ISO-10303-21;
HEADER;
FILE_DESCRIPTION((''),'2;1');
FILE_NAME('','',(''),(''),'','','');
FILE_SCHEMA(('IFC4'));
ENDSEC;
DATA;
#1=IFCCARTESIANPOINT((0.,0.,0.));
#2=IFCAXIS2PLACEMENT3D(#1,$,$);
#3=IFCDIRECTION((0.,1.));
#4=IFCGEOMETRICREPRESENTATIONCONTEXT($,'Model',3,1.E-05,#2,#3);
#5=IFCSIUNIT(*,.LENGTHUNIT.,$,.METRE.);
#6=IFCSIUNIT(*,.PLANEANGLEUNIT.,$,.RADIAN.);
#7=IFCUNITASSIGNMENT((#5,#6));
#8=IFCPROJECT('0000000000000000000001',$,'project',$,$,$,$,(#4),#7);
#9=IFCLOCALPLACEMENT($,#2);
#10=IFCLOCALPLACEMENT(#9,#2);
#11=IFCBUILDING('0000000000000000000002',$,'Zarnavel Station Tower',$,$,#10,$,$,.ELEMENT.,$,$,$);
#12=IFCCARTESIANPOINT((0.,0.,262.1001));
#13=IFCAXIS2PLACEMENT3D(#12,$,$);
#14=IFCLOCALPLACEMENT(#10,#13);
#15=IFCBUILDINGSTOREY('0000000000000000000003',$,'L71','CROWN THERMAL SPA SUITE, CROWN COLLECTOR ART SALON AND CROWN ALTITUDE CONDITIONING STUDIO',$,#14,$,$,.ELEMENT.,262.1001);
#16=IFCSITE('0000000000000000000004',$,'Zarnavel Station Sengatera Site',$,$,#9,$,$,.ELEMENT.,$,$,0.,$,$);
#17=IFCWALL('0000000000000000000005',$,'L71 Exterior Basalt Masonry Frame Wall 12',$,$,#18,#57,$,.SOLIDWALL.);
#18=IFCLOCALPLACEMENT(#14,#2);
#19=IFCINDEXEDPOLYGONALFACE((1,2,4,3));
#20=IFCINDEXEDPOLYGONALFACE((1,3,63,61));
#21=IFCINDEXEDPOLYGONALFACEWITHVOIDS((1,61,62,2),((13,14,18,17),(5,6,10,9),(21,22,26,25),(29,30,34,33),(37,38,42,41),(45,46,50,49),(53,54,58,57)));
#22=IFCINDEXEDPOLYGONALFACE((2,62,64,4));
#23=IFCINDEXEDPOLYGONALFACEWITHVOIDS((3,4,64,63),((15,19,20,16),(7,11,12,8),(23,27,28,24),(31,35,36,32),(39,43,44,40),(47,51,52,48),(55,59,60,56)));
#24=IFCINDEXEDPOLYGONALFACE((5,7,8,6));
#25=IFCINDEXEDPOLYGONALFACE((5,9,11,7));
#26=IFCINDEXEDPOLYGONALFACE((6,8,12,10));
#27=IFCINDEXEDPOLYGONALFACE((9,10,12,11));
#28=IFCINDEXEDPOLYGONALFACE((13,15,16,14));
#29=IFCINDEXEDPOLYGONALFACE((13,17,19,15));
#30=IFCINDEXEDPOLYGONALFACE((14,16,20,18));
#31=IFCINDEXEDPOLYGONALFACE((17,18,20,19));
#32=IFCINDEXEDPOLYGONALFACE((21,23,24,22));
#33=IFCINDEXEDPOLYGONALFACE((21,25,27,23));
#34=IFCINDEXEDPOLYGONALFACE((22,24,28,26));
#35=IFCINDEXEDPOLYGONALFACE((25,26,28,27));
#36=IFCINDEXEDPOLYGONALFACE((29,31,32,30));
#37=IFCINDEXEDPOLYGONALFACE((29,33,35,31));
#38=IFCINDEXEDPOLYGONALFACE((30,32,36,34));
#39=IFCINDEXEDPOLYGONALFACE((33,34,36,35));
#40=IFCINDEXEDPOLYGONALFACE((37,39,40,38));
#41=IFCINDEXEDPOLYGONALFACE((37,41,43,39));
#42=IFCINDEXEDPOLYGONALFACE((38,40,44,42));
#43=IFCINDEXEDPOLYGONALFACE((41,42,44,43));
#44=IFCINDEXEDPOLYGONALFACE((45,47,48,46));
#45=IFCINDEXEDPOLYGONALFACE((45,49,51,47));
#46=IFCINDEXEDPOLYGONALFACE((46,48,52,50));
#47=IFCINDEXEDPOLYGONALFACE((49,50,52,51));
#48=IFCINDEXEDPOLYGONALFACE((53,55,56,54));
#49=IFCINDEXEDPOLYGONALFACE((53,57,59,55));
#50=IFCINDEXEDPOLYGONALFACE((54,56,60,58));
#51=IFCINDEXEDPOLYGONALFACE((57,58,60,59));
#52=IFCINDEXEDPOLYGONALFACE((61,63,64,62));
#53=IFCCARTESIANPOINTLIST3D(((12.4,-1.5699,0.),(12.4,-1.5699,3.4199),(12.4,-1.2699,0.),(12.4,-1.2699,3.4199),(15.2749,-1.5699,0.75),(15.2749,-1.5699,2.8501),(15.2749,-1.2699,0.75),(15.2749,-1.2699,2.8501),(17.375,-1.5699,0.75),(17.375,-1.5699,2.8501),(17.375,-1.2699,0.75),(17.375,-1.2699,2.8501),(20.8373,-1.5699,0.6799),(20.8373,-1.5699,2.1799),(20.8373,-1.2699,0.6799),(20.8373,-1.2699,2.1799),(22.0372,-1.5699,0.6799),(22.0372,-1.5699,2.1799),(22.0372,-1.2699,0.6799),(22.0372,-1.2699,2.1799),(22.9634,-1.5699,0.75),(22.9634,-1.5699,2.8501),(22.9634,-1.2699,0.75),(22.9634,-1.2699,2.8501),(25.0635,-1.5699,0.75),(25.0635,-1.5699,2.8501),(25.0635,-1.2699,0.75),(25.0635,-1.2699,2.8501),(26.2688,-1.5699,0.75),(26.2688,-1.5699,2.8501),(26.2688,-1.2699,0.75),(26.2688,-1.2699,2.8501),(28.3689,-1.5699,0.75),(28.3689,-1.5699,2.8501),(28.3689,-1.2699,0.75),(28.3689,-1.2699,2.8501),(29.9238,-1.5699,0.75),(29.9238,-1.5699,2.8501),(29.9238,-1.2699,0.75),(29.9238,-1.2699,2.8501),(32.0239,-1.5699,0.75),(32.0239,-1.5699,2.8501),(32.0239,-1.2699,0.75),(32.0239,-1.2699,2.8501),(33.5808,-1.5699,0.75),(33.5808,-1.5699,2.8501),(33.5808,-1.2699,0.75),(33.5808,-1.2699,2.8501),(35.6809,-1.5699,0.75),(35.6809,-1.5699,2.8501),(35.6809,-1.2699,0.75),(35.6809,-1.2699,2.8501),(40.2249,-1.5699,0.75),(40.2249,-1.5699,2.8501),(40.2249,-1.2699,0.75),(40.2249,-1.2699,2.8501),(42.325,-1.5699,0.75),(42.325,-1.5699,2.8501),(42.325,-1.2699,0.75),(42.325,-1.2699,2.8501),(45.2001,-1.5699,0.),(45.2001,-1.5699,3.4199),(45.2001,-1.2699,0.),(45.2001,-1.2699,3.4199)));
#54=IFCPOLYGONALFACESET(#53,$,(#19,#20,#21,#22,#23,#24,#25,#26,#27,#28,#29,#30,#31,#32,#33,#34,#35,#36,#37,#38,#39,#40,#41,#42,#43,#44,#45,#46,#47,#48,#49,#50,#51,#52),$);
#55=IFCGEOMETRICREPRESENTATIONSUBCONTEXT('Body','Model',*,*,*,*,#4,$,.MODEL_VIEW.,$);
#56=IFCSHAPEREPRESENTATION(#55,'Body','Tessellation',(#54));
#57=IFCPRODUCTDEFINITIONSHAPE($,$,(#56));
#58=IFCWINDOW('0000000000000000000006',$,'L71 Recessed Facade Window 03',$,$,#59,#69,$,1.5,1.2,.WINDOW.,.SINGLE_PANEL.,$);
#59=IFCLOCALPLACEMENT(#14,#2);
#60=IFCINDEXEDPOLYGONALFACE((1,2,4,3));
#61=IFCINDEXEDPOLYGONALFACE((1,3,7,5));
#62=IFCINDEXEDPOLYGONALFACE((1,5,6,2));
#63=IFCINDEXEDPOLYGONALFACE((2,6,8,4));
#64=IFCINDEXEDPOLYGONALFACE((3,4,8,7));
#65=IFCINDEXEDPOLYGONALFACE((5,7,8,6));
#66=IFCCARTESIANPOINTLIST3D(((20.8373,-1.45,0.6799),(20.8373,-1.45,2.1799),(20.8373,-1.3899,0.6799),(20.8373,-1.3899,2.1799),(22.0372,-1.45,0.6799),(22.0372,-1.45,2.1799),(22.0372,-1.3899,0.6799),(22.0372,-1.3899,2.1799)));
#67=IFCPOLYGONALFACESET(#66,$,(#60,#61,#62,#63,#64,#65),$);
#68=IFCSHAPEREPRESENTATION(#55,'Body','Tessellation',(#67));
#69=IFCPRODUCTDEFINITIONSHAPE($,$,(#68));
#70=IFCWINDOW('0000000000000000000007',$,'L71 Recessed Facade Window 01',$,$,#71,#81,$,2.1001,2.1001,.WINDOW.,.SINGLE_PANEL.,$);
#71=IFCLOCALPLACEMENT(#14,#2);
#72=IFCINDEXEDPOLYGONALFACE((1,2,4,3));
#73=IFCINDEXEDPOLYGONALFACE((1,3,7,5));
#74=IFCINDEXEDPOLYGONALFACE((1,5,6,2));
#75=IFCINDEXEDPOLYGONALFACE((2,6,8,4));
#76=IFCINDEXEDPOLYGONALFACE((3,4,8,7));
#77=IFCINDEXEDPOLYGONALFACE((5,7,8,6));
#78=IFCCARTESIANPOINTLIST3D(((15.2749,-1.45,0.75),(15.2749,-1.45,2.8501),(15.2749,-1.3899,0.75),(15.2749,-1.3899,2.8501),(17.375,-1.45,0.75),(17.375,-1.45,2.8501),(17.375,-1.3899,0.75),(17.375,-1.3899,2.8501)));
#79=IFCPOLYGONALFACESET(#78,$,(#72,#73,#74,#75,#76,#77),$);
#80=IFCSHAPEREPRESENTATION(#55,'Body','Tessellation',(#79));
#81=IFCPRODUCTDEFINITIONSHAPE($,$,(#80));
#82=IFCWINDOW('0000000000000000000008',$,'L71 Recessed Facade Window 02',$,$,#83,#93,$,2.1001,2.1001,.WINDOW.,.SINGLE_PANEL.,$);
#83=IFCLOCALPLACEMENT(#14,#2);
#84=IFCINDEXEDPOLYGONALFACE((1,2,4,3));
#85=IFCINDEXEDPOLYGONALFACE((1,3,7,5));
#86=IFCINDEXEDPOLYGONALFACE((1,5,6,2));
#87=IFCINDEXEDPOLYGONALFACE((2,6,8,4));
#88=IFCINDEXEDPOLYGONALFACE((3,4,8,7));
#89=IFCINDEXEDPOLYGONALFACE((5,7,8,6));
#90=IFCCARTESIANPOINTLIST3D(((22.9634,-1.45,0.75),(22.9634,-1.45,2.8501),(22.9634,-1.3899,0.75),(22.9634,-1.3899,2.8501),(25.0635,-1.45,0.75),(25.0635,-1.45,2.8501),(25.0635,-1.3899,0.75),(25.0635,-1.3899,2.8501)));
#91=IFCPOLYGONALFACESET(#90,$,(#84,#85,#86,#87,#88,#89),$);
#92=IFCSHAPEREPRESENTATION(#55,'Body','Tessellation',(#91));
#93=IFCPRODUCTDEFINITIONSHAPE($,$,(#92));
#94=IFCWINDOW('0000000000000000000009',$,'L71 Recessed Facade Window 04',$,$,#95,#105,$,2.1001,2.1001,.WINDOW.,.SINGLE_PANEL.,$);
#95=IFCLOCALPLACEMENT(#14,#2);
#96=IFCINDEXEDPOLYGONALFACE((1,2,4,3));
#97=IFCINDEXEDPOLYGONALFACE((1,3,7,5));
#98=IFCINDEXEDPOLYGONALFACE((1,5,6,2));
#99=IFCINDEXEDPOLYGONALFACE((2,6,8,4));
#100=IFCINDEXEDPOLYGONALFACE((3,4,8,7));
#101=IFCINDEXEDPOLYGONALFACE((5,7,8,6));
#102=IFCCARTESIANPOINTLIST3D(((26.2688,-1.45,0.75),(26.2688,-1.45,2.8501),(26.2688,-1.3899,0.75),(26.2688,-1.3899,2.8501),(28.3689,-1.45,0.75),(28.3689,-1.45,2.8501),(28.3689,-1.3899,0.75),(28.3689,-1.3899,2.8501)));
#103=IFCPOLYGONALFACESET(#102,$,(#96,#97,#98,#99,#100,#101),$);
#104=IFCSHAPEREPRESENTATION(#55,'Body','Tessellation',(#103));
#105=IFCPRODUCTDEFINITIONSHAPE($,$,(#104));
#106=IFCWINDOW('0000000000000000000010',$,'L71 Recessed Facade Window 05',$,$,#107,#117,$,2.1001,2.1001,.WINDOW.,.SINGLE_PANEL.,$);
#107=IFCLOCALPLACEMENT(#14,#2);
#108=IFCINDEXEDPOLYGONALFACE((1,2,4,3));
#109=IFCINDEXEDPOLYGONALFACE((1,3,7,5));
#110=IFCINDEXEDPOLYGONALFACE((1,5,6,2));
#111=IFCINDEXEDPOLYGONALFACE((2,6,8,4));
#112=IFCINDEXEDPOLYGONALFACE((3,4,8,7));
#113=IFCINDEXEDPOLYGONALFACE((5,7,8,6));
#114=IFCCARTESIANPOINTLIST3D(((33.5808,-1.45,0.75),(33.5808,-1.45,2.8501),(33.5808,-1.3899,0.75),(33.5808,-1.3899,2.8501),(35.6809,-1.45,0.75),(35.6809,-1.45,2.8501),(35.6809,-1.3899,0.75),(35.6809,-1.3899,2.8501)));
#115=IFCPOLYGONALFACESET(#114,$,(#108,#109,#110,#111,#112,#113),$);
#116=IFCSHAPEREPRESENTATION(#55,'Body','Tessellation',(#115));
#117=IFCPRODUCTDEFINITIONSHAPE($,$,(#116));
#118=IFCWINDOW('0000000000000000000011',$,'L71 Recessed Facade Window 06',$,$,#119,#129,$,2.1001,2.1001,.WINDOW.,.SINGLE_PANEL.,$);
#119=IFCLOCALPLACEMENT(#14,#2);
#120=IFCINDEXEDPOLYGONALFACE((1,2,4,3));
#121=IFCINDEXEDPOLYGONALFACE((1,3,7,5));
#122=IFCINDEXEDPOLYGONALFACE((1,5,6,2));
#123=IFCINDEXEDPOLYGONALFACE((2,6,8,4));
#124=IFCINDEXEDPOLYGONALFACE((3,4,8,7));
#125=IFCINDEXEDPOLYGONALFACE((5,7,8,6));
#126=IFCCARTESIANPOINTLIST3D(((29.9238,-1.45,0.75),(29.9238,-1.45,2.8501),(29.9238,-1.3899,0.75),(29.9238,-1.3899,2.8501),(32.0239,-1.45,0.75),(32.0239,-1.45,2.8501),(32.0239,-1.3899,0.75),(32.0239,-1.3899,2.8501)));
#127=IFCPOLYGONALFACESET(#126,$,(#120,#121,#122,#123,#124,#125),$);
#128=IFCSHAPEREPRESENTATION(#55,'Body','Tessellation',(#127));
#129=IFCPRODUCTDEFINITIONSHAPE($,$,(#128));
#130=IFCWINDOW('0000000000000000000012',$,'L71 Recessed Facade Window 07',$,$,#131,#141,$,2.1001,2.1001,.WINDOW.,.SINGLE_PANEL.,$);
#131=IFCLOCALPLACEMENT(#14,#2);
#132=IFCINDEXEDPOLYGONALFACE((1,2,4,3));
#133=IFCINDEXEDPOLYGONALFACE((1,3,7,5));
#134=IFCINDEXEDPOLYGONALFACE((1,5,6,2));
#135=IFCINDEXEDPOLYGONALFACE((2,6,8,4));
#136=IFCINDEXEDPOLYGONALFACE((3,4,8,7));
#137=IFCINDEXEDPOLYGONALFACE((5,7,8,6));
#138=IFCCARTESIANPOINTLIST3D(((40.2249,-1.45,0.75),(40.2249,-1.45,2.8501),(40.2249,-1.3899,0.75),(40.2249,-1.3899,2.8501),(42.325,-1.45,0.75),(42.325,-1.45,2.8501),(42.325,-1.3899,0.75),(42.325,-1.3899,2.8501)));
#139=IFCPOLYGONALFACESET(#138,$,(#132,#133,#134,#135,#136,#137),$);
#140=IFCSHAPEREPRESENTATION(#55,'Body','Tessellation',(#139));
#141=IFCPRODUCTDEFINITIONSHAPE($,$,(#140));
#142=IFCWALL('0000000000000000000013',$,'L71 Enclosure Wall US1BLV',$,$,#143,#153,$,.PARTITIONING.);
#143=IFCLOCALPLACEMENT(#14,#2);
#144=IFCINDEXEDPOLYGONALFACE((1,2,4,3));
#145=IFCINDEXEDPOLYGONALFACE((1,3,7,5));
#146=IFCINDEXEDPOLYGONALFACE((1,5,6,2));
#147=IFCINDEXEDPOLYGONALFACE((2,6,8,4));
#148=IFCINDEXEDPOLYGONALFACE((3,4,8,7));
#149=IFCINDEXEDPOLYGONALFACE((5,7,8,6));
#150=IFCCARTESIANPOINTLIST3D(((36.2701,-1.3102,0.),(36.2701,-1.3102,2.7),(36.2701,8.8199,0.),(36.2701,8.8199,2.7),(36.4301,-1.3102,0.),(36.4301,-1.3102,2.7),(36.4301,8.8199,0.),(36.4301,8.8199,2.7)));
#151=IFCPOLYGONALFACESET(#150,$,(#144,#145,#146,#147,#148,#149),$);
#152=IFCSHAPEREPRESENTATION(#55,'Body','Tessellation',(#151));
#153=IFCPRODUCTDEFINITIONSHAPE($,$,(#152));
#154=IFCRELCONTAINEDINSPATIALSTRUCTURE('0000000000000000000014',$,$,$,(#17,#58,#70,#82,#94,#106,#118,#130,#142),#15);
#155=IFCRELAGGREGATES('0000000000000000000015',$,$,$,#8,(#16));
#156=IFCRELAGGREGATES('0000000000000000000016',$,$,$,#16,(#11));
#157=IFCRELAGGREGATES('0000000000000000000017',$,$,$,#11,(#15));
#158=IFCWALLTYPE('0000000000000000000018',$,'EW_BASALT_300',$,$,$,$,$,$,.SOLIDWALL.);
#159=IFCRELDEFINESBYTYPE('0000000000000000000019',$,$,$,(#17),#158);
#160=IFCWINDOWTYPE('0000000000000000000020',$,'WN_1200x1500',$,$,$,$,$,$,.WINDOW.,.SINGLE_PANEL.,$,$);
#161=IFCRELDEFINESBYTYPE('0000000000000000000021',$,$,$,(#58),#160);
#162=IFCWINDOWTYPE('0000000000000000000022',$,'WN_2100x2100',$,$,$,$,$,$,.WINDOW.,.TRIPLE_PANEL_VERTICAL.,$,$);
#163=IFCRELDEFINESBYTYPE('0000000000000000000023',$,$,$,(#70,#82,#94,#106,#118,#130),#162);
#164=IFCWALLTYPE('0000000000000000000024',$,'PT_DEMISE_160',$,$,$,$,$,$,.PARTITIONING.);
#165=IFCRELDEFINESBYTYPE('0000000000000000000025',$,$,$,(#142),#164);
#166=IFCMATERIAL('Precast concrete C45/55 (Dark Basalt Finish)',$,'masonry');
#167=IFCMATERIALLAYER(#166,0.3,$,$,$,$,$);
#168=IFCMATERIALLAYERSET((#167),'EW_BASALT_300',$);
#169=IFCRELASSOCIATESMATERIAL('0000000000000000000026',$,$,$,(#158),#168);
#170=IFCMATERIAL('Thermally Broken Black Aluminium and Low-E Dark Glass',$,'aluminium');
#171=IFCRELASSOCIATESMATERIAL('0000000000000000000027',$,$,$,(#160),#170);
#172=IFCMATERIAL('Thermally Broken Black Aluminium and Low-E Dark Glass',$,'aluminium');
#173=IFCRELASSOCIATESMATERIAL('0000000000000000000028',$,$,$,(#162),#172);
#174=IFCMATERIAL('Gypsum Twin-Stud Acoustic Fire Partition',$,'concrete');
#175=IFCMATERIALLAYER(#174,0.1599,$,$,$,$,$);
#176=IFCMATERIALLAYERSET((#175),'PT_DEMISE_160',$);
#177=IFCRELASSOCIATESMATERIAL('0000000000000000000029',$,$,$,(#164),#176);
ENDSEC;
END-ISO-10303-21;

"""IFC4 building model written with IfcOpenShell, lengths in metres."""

from ifc_helpers import new_model, si_unit, direction, frame, frame_2d, origin, place, context, subcontext, project, spatial, rectangle, extrude, material, layer, layer_set, type_object, element, fill, save


model = new_model("IFC4")

# Units and contexts
model_context = context("Model", 3, precision=1e-05, world=origin(), true_north=direction((0.0, 1.0)))
body_context = subcontext(model_context, "Body", "Model", "MODEL_VIEW")
ifc_project = project(units=[si_unit("LENGTHUNIT", "METRE"), si_unit("PLANEANGLEUNIT", "RADIAN")], contexts=[model_context])

# Site, building, storey
site_placement = place(None, origin())
site = spatial("IfcSite", under=ifc_project, at=site_placement, Name="Zarnavel Station Sengatera Site", CompositionType="ELEMENT", RefElevation=0.0)
building_placement = place(site_placement, origin())
building = spatial("IfcBuilding", under=site, at=building_placement, Name="Zarnavel Station Tower", CompositionType="ELEMENT")
storey_placement = place(building_placement, frame((0.0, 0.0, 262.1001)))
storey = spatial("IfcBuildingStorey", under=building, at=storey_placement, Name="L71", Description="CROWN THERMAL SPA SUITE, CROWN COLLECTOR ART SALON AND CROWN ALTITUDE CONDITIONING STUDIO", CompositionType="ELEMENT", Elevation=262.1001)

# Shared definitions
ifc_material_1 = material(Name="Precast concrete C45/55 (Dark Basalt Finish)", Category="masonry")
ifc_layer_1 = layer(ifc_material_1, 0.3)
ifc_layer_set_1 = layer_set([ifc_layer_1], Name="EW_BASALT_300")
wall_type_1 = type_object("IfcWallType", Name="EW_BASALT_300", PredefinedType="SOLIDWALL", material=ifc_layer_set_1)

# Wall, openings, windows
wall_1_placement = place(storey_placement, frame((45.2, -1.4199, 0.0), z_axis=(0.0, 0.0, 1.0), x_axis=(-1.0, 0.0, 0.0)))
wall_1 = element("IfcWall", 1, at=wall_1_placement, inside=storey, type_object=wall_type_1, Name="L71 Exterior Basalt Masonry Frame Wall 12", PredefinedType="SOLIDWALL", context=body_context, shape_type="SweptSolid", body=[
    extrude(rectangle(XDim=32.8, YDim=0.3, at=frame_2d((16.3999, 0.0))), origin(), (0.0, 0.0, 1.0), 3.4199),
])
opening_1_placement = place(wall_1_placement, frame((27.825, 0.0, 0.75)))
opening_1 = element("IfcOpeningElement", 2, at=opening_1_placement, cuts=wall_1, PredefinedType="OPENING", context=body_context, shape_type="SweptSolid", body=[
    extrude(rectangle(XDim=2.1001, YDim=2.1001, at=frame_2d((1.05, 1.05))), frame((0.0, 0.1599, 0.0), z_axis=(0.0, -1.0, 0.0), x_axis=(1.0, 0.0, 0.0)), (0.0, 0.0, 1.0), 0.3201),
])
opening_2_placement = place(wall_1_placement, frame((20.1365, 0.0, 0.75)))
opening_2 = element("IfcOpeningElement", 3, at=opening_2_placement, cuts=wall_1, PredefinedType="OPENING", context=body_context, shape_type="SweptSolid", body=[
    extrude(rectangle(XDim=2.1001, YDim=2.1001, at=frame_2d((1.05, 1.05))), frame((0.0, 0.1599, 0.0), z_axis=(0.0, -1.0, 0.0), x_axis=(1.0, 0.0, 0.0)), (0.0, 0.0, 1.0), 0.3201),
])
opening_3_placement = place(wall_1_placement, frame((23.1626, 0.0, 0.6799)))
opening_3 = element("IfcOpeningElement", 4, at=opening_3_placement, cuts=wall_1, PredefinedType="OPENING", context=body_context, shape_type="SweptSolid", body=[
    extrude(rectangle(XDim=1.2, YDim=1.5, at=frame_2d((0.6001, 0.75))), frame((0.0, 0.1599, 0.0), z_axis=(0.0, -1.0, 0.0), x_axis=(1.0, 0.0, 0.0)), (0.0, 0.0, 1.0), 0.3201),
])
opening_4_placement = place(wall_1_placement, frame((16.8311, 0.0, 0.75)))
opening_4 = element("IfcOpeningElement", 5, at=opening_4_placement, cuts=wall_1, PredefinedType="OPENING", context=body_context, shape_type="SweptSolid", body=[
    extrude(rectangle(XDim=2.1001, YDim=2.1001, at=frame_2d((1.05, 1.05))), frame((0.0, 0.1599, 0.0), z_axis=(0.0, -1.0, 0.0), x_axis=(1.0, 0.0, 0.0)), (0.0, 0.0, 1.0), 0.3201),
])
opening_5_placement = place(wall_1_placement, frame((9.519, 0.0, 0.75)))
opening_5 = element("IfcOpeningElement", 6, at=opening_5_placement, cuts=wall_1, PredefinedType="OPENING", context=body_context, shape_type="SweptSolid", body=[
    extrude(rectangle(XDim=2.1001, YDim=2.1001, at=frame_2d((1.05, 1.05))), frame((0.0, 0.1599, 0.0), z_axis=(0.0, -1.0, 0.0), x_axis=(1.0, 0.0, 0.0)), (0.0, 0.0, 1.0), 0.3201),
])
opening_6_placement = place(wall_1_placement, frame((13.176, 0.0, 0.75)))
opening_6 = element("IfcOpeningElement", 7, at=opening_6_placement, cuts=wall_1, PredefinedType="OPENING", context=body_context, shape_type="SweptSolid", body=[
    extrude(rectangle(XDim=2.1001, YDim=2.1001, at=frame_2d((1.05, 1.05))), frame((0.0, 0.1599, 0.0), z_axis=(0.0, -1.0, 0.0), x_axis=(1.0, 0.0, 0.0)), (0.0, 0.0, 1.0), 0.3201),
])
opening_7_placement = place(wall_1_placement, frame((2.875, 0.0, 0.75)))
opening_7 = element("IfcOpeningElement", 8, at=opening_7_placement, cuts=wall_1, PredefinedType="OPENING", context=body_context, shape_type="SweptSolid", body=[
    extrude(rectangle(XDim=2.1001, YDim=2.1001, at=frame_2d((1.05, 1.05))), frame((0.0, 0.1599, 0.0), z_axis=(0.0, -1.0, 0.0), x_axis=(1.0, 0.0, 0.0)), (0.0, 0.0, 1.0), 0.3201),
])
ifc_material_2 = material(Name="Thermally Broken Black Aluminium and Low-E Dark Glass", Category="aluminium")
window_type_1 = type_object("IfcWindowType", Name="WN_1200x1500", PartitioningType="SINGLE_PANEL", PredefinedType="WINDOW", material=ifc_material_2)
window_1_placement = place(opening_3_placement, origin())
window_1 = element("IfcWindow", 9, at=window_1_placement, inside=storey, type_object=window_type_1, Name="L71 Recessed Facade Window 03", OverallHeight=1.5, OverallWidth=1.2, PartitioningType="SINGLE_PANEL", PredefinedType="WINDOW", context=body_context, shape_type="SweptSolid", body=[
    extrude(rectangle(XDim=1.2, YDim=1.5, at=frame_2d((0.6001, 0.75))), frame((0.0, 0.03, 0.0), z_axis=(0.0, -1.0, 0.0), x_axis=(1.0, 0.0, 0.0)), (0.0, 0.0, 1.0), 0.0601),
])
fill(opening_3, window_1)
ifc_material_3 = material(Name="Thermally Broken Black Aluminium and Low-E Dark Glass", Category="aluminium")
window_type_2 = type_object("IfcWindowType", Name="WN_2100x2100", PartitioningType="TRIPLE_PANEL_VERTICAL", PredefinedType="WINDOW", material=ifc_material_3)
window_2_placement = place(opening_1_placement, origin())
window_2 = element("IfcWindow", 10, at=window_2_placement, inside=storey, type_object=window_type_2, Name="L71 Recessed Facade Window 01", OverallHeight=2.1001, OverallWidth=2.1001, PartitioningType="SINGLE_PANEL", PredefinedType="WINDOW", context=body_context, shape_type="SweptSolid", body=[
    extrude(rectangle(XDim=2.1001, YDim=2.1001, at=frame_2d((1.05, 1.05))), frame((0.0, 0.03, 0.0), z_axis=(0.0, -1.0, 0.0), x_axis=(1.0, 0.0, 0.0)), (0.0, 0.0, 1.0), 0.0601),
])
fill(opening_1, window_2)
window_3_placement = place(opening_2_placement, origin())
window_3 = element("IfcWindow", 11, at=window_3_placement, inside=storey, type_object=window_type_2, Name="L71 Recessed Facade Window 02", OverallHeight=2.1001, OverallWidth=2.1001, PartitioningType="SINGLE_PANEL", PredefinedType="WINDOW", context=body_context, shape_type="SweptSolid", body=[
    extrude(rectangle(XDim=2.1001, YDim=2.1001, at=frame_2d((1.05, 1.05))), frame((0.0, 0.03, 0.0), z_axis=(0.0, -1.0, 0.0), x_axis=(1.0, 0.0, 0.0)), (0.0, 0.0, 1.0), 0.0601),
])
fill(opening_2, window_3)
window_4_placement = place(opening_4_placement, origin())
window_4 = element("IfcWindow", 12, at=window_4_placement, inside=storey, type_object=window_type_2, Name="L71 Recessed Facade Window 04", OverallHeight=2.1001, OverallWidth=2.1001, PartitioningType="SINGLE_PANEL", PredefinedType="WINDOW", context=body_context, shape_type="SweptSolid", body=[
    extrude(rectangle(XDim=2.1001, YDim=2.1001, at=frame_2d((1.05, 1.05))), frame((0.0, 0.03, 0.0), z_axis=(0.0, -1.0, 0.0), x_axis=(1.0, 0.0, 0.0)), (0.0, 0.0, 1.0), 0.0601),
])
fill(opening_4, window_4)
window_5_placement = place(opening_5_placement, origin())
window_5 = element("IfcWindow", 13, at=window_5_placement, inside=storey, type_object=window_type_2, Name="L71 Recessed Facade Window 05", OverallHeight=2.1001, OverallWidth=2.1001, PartitioningType="SINGLE_PANEL", PredefinedType="WINDOW", context=body_context, shape_type="SweptSolid", body=[
    extrude(rectangle(XDim=2.1001, YDim=2.1001, at=frame_2d((1.05, 1.05))), frame((0.0, 0.03, 0.0), z_axis=(0.0, -1.0, 0.0), x_axis=(1.0, 0.0, 0.0)), (0.0, 0.0, 1.0), 0.0601),
])
fill(opening_5, window_5)
window_6_placement = place(opening_6_placement, origin())
window_6 = element("IfcWindow", 14, at=window_6_placement, inside=storey, type_object=window_type_2, Name="L71 Recessed Facade Window 06", OverallHeight=2.1001, OverallWidth=2.1001, PartitioningType="SINGLE_PANEL", PredefinedType="WINDOW", context=body_context, shape_type="SweptSolid", body=[
    extrude(rectangle(XDim=2.1001, YDim=2.1001, at=frame_2d((1.05, 1.05))), frame((0.0, 0.03, 0.0), z_axis=(0.0, -1.0, 0.0), x_axis=(1.0, 0.0, 0.0)), (0.0, 0.0, 1.0), 0.0601),
])
fill(opening_6, window_6)
window_7_placement = place(opening_7_placement, origin())
window_7 = element("IfcWindow", 15, at=window_7_placement, inside=storey, type_object=window_type_2, Name="L71 Recessed Facade Window 07", OverallHeight=2.1001, OverallWidth=2.1001, PartitioningType="SINGLE_PANEL", PredefinedType="WINDOW", context=body_context, shape_type="SweptSolid", body=[
    extrude(rectangle(XDim=2.1001, YDim=2.1001, at=frame_2d((1.05, 1.05))), frame((0.0, 0.03, 0.0), z_axis=(0.0, -1.0, 0.0), x_axis=(1.0, 0.0, 0.0)), (0.0, 0.0, 1.0), 0.0601),
])
fill(opening_7, window_7)

# Wall
ifc_material_4 = material(Name="Gypsum Twin-Stud Acoustic Fire Partition", Category="concrete")
ifc_layer_2 = layer(ifc_material_4, 0.1599)
ifc_layer_set_2 = layer_set([ifc_layer_2], Name="PT_DEMISE_160")
wall_type_2 = type_object("IfcWallType", Name="PT_DEMISE_160", PredefinedType="PARTITIONING", material=ifc_layer_set_2)
wall_2_placement = place(storey_placement, frame((36.3501, -1.3101, 0.0), z_axis=(0.0, 0.0, 1.0), x_axis=(0.0, 1.0, 0.0)))
element("IfcWall", 16, at=wall_2_placement, inside=storey, type_object=wall_type_2, Name="L71 Enclosure Wall US1BLV", PredefinedType="PARTITIONING", context=body_context, shape_type="SweptSolid", body=[
    extrude(rectangle(XDim=10.1301, YDim=0.1599, at=frame_2d((5.0649, 0.0))), origin(), (0.0, 0.0, 1.0), 2.7),
])

save(model, "model.ifc")
